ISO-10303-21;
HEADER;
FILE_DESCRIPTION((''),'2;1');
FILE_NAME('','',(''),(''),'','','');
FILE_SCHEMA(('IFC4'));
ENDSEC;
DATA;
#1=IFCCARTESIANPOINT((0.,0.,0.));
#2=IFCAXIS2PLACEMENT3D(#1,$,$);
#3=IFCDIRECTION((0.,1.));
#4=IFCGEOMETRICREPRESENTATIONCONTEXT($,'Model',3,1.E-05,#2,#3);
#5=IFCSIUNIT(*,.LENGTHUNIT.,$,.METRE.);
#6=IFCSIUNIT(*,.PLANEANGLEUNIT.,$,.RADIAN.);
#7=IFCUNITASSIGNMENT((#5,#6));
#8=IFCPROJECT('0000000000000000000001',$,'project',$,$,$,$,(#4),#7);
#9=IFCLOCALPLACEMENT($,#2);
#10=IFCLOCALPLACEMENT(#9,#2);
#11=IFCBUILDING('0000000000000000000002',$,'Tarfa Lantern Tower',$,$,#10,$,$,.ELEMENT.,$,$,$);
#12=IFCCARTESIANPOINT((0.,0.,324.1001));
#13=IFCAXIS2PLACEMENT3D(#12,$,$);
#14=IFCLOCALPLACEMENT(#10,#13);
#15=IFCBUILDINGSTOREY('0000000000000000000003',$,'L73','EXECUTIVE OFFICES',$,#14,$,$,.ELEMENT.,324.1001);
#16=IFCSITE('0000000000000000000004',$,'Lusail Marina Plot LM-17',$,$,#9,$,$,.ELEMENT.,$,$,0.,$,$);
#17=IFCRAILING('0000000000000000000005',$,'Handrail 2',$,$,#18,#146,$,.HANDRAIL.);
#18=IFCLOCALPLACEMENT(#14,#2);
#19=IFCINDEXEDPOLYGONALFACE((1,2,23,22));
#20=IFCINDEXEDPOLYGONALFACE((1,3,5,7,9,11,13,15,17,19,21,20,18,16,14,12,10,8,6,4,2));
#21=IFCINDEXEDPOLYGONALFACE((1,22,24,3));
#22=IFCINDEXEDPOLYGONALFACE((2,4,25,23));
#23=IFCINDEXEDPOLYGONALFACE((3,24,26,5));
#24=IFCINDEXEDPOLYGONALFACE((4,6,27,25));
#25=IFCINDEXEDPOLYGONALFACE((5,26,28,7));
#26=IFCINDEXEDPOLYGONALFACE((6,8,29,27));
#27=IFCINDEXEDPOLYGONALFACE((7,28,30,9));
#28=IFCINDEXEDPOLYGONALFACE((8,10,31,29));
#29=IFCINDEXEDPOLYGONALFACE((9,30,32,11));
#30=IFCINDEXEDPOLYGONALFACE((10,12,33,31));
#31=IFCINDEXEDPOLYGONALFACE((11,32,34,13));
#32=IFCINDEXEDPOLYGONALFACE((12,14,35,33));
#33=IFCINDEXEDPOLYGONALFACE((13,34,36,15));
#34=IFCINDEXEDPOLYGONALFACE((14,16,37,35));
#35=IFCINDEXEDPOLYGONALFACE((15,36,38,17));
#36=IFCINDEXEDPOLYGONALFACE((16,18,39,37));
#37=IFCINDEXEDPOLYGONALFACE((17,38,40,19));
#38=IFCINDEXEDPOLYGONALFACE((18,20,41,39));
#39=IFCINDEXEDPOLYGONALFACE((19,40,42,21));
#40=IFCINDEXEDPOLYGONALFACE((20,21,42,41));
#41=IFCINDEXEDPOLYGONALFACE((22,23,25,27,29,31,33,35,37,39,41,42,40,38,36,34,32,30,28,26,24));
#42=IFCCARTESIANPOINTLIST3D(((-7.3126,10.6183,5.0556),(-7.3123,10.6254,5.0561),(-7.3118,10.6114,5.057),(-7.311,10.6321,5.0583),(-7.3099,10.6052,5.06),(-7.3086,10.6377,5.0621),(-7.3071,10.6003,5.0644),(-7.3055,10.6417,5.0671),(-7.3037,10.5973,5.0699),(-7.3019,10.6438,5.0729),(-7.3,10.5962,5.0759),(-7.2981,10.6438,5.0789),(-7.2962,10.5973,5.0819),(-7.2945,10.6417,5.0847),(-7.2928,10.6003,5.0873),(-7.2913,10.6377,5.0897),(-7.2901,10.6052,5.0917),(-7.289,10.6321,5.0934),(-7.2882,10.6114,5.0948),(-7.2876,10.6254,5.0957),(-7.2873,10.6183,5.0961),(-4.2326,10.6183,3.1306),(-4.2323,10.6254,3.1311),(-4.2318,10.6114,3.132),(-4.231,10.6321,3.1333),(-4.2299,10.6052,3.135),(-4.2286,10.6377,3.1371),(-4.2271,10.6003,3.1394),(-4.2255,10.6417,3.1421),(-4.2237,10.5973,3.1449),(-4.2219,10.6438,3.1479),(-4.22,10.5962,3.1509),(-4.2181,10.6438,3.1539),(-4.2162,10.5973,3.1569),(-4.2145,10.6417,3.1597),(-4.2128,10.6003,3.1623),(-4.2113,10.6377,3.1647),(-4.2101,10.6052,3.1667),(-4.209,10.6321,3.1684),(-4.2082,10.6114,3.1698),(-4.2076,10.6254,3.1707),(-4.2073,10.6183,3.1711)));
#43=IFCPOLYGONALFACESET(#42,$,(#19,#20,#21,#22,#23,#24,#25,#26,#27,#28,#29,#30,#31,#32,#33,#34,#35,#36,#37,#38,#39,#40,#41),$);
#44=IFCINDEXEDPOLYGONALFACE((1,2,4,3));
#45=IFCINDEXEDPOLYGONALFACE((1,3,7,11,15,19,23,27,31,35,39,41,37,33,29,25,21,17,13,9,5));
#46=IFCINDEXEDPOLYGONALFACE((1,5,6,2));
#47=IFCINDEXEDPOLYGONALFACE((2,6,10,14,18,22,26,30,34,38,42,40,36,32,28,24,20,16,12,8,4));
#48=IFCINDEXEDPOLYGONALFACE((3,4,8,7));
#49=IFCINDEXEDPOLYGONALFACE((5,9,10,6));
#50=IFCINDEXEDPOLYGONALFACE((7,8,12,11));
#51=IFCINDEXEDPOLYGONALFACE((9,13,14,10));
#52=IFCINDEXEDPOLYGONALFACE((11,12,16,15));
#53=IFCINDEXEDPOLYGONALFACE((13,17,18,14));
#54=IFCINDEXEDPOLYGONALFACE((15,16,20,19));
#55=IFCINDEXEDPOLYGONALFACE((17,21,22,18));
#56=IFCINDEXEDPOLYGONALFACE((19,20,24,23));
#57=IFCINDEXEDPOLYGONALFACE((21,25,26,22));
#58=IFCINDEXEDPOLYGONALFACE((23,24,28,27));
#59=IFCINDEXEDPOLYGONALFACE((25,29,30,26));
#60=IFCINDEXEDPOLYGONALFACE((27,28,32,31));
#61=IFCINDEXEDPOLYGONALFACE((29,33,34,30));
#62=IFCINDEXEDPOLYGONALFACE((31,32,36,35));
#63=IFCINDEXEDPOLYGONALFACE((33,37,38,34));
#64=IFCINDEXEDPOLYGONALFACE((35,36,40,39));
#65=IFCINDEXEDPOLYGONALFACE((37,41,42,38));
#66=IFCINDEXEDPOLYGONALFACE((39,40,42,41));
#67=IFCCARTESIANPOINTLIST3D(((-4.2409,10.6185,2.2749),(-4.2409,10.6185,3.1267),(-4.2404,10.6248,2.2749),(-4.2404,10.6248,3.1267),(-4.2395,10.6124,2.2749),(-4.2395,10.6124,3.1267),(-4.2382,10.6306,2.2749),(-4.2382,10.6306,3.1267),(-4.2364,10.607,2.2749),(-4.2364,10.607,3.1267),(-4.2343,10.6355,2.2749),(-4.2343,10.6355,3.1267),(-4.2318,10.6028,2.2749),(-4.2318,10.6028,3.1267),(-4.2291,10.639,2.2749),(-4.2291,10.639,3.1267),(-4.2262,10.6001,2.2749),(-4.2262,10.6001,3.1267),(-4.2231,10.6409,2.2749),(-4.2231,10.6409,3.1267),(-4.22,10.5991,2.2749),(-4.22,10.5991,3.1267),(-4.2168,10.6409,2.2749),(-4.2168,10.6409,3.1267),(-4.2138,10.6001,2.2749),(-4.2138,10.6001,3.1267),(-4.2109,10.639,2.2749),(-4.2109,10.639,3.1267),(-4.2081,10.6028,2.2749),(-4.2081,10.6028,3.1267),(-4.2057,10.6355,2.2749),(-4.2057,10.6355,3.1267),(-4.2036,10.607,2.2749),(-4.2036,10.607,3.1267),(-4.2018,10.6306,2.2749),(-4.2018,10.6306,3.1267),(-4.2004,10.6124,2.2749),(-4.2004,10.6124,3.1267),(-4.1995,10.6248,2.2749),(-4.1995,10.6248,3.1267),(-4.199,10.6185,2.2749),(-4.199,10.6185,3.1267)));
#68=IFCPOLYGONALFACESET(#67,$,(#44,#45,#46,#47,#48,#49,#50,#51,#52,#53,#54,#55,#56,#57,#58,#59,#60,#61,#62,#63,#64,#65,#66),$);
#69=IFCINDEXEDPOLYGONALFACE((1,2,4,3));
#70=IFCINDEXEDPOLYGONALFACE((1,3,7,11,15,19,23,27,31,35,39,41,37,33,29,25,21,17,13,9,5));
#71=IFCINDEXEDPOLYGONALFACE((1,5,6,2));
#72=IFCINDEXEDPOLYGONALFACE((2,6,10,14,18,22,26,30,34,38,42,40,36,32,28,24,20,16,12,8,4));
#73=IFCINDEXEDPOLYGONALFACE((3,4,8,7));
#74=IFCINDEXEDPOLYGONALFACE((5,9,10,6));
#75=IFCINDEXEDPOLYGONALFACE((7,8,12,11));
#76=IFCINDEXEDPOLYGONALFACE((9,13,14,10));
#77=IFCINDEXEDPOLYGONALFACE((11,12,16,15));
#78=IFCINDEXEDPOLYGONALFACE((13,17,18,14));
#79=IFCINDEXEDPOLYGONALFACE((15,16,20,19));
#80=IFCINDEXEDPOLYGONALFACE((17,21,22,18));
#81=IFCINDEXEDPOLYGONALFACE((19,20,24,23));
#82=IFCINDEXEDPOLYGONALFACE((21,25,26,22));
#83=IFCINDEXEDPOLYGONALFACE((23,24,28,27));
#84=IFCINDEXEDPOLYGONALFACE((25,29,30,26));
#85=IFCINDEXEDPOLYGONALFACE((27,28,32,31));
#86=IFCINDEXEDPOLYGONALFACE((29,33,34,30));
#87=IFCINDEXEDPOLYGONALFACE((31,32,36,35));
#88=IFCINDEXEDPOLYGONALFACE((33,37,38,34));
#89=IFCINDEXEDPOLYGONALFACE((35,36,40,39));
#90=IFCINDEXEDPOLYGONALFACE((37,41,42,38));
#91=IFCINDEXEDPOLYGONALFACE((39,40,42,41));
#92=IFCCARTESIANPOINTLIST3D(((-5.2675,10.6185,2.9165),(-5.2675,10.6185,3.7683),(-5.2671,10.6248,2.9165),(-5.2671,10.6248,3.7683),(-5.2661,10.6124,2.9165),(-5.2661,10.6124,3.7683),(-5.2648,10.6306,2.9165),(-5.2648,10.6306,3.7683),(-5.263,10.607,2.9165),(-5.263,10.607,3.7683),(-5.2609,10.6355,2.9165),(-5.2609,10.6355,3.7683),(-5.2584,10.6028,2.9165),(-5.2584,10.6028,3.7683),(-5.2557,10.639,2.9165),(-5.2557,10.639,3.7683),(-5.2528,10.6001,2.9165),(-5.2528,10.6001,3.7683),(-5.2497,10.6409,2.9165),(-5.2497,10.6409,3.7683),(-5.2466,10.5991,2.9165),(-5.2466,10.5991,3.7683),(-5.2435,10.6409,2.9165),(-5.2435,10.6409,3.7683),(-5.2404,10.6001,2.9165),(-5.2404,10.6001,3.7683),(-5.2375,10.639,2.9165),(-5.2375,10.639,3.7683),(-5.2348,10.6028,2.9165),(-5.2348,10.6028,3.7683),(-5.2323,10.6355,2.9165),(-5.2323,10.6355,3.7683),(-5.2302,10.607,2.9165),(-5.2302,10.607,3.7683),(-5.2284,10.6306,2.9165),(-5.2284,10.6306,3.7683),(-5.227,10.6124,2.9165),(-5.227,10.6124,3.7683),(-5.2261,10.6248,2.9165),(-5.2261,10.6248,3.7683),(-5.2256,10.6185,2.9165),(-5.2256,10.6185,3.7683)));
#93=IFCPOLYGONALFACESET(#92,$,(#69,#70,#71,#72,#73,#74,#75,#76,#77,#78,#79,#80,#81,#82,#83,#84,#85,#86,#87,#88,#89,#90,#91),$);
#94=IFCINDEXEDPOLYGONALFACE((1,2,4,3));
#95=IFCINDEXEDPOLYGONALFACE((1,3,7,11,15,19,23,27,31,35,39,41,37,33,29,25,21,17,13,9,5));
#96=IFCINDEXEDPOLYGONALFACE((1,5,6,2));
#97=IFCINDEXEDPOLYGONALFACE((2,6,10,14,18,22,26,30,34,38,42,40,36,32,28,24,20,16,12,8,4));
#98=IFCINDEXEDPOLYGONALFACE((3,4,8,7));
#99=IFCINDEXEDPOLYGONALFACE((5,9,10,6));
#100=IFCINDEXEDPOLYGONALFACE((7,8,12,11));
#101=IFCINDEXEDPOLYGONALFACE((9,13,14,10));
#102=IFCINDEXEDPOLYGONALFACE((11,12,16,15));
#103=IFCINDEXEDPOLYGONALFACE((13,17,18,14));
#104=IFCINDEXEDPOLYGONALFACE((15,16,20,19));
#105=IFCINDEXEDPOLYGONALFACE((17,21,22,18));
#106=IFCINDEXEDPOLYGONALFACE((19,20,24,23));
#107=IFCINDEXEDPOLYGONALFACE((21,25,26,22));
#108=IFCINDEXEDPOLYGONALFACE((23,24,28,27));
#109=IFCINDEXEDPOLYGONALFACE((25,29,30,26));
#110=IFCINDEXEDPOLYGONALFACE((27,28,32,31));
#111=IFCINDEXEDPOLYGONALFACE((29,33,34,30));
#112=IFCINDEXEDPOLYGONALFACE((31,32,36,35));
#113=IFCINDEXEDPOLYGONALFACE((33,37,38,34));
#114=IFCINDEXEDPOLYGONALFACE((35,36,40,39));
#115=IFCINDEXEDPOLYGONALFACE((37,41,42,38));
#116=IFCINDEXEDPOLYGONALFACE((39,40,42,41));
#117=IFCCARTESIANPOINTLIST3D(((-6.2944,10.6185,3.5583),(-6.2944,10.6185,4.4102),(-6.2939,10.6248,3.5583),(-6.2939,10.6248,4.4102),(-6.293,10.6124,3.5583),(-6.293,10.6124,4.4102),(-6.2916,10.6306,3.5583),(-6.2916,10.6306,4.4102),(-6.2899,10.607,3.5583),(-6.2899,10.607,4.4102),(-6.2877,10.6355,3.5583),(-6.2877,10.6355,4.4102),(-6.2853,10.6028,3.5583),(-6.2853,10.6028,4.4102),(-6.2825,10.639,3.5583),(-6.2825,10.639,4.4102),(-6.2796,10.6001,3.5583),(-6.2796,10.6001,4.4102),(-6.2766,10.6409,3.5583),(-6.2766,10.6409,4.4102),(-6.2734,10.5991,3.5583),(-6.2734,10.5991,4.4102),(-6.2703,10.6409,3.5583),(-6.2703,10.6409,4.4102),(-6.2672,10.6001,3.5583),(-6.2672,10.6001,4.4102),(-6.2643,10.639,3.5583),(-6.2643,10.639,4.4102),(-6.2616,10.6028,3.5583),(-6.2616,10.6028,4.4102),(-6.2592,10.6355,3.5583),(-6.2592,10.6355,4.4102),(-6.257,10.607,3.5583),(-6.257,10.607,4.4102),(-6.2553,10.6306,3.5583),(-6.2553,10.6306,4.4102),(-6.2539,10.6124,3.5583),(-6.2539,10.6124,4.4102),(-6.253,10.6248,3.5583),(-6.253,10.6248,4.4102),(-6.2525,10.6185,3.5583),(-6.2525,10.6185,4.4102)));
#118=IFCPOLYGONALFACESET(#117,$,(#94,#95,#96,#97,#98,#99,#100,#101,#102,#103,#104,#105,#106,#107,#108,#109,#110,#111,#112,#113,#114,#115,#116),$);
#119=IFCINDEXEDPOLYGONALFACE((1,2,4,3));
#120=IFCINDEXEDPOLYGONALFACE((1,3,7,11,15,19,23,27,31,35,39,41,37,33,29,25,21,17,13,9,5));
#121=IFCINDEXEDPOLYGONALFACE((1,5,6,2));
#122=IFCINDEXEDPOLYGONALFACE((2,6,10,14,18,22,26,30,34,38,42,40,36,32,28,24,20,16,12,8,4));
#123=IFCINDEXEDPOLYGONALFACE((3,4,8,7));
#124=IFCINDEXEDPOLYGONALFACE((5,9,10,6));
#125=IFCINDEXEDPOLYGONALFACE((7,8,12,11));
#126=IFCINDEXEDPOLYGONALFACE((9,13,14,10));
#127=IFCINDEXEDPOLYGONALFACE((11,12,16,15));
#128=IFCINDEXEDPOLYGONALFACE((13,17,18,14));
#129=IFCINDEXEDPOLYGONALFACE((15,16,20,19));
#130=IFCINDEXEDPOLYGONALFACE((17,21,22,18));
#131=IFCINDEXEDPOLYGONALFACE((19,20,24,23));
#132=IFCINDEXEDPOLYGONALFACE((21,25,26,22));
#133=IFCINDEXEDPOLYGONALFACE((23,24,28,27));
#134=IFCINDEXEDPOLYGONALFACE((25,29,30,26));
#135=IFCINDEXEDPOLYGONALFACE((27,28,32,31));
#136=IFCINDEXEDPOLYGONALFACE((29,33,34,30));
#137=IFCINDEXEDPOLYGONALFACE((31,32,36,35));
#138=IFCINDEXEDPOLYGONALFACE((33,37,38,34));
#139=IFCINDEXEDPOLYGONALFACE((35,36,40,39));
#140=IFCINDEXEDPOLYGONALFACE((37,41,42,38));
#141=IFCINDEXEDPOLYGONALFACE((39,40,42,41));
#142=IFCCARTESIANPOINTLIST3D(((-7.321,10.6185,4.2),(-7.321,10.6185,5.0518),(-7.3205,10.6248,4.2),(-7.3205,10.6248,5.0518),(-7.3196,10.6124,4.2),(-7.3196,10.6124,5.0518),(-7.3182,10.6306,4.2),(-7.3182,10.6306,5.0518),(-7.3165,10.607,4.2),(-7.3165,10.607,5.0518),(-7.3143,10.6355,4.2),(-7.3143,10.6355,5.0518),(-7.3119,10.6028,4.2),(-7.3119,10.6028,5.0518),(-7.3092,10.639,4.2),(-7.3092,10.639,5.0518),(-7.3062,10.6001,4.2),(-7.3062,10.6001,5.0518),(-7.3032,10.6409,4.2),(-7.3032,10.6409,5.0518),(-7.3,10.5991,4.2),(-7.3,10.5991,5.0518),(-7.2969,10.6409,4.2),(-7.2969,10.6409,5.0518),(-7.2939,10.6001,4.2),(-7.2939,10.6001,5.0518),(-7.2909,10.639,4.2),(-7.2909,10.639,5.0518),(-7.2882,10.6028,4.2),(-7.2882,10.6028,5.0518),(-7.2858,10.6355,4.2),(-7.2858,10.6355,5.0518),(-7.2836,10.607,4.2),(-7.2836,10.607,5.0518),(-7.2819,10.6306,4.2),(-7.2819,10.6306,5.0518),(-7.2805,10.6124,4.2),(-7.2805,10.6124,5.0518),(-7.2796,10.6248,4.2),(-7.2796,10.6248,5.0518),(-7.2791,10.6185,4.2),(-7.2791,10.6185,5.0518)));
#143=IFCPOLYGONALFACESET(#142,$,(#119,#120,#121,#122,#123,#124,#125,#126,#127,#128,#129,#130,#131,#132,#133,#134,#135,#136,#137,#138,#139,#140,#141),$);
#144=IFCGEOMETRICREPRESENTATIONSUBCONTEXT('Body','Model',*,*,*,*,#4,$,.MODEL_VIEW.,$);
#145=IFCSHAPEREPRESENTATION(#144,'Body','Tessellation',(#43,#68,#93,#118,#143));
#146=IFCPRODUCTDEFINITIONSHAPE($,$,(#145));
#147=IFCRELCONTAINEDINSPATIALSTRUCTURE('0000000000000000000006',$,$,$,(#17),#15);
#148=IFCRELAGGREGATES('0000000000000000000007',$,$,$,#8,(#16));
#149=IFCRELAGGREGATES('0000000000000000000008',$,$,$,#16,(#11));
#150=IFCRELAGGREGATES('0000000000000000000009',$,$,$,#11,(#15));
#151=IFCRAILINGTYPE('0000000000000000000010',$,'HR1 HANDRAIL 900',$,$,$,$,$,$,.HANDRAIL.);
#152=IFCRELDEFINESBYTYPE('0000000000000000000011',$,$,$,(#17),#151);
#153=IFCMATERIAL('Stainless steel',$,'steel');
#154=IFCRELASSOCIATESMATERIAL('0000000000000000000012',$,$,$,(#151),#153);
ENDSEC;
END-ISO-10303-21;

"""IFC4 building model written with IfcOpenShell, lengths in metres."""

from ifc_helpers import new_model, si_unit, direction, frame, origin, origin_2d, place, context, subcontext, project, spatial, circle, extrude, material, type_object, element, save


model = new_model("IFC4")

# Units and contexts
model_context = context("Model", 3, precision=1e-05, world=origin(), true_north=direction((0.0, 1.0)))
body_context = subcontext(model_context, "Body", "Model", "MODEL_VIEW")
ifc_project = project(units=[si_unit("LENGTHUNIT", "METRE"), si_unit("PLANEANGLEUNIT", "RADIAN")], contexts=[model_context])

# Site, building, storey
site_placement = place(None, origin())
site = spatial("IfcSite", under=ifc_project, at=site_placement, Name="Lusail Marina Plot LM-17", CompositionType="ELEMENT", RefElevation=0.0)
building_placement = place(site_placement, origin())
building = spatial("IfcBuilding", under=site, at=building_placement, Name="Tarfa Lantern Tower", CompositionType="ELEMENT")
storey_placement = place(building_placement, frame((0.0, 0.0, 324.1001)))
storey = spatial("IfcBuildingStorey", under=building, at=storey_placement, Name="L73", Description="EXECUTIVE OFFICES", CompositionType="ELEMENT", Elevation=324.1001)

# Railing
ifc_material_1 = material(Name="Stainless steel", Category="steel")
railing_type = type_object("IfcRailingType", Name="HR1 HANDRAIL 900", PredefinedType="HANDRAIL", material=ifc_material_1)
railing_1_placement = place(storey_placement, frame((-4.22, 10.6201, 2.2749)))
element("IfcRailing", 1, at=railing_1_placement, inside=storey, type_object=railing_type, Name="Handrail 2", PredefinedType="HANDRAIL", context=body_context, shape_type="SweptSolid", body=[
    extrude(circle(Radius=0.0239, at=origin_2d()), frame((0.0, 0.0, 0.876), z_axis=(-0.847998, 0.0, 0.529999), x_axis=(0.0, -1.0, 0.0)), (0.0, 0.0, 1.0), 3.6321),
    extrude(circle(Radius=0.021, at=origin_2d()), frame((0.0, 0.0, 0.0), z_axis=(0.0, 0.0, 1.0), x_axis=(0.0, -1.0, 0.0)), (0.0, 0.0, 1.0), 0.8518),
    extrude(circle(Radius=0.021, at=origin_2d()), frame((-1.0266, 0.0, 0.6416), z_axis=(0.0, 0.0, 1.0), x_axis=(0.0, -1.0, 0.0)), (0.0, 0.0, 1.0), 0.8518),
    extrude(circle(Radius=0.021, at=origin_2d()), frame((-2.0535, 0.0, 1.2834), z_axis=(0.0, 0.0, 1.0), x_axis=(0.0, -1.0, 0.0)), (0.0, 0.0, 1.0), 0.8518),
    extrude(circle(Radius=0.021, at=origin_2d()), frame((-3.0801, 0.0, 1.925), z_axis=(0.0, 0.0, 1.0), x_axis=(0.0, -1.0, 0.0)), (0.0, 0.0, 1.0), 0.8518),
])

save(model, "model.ifc")
